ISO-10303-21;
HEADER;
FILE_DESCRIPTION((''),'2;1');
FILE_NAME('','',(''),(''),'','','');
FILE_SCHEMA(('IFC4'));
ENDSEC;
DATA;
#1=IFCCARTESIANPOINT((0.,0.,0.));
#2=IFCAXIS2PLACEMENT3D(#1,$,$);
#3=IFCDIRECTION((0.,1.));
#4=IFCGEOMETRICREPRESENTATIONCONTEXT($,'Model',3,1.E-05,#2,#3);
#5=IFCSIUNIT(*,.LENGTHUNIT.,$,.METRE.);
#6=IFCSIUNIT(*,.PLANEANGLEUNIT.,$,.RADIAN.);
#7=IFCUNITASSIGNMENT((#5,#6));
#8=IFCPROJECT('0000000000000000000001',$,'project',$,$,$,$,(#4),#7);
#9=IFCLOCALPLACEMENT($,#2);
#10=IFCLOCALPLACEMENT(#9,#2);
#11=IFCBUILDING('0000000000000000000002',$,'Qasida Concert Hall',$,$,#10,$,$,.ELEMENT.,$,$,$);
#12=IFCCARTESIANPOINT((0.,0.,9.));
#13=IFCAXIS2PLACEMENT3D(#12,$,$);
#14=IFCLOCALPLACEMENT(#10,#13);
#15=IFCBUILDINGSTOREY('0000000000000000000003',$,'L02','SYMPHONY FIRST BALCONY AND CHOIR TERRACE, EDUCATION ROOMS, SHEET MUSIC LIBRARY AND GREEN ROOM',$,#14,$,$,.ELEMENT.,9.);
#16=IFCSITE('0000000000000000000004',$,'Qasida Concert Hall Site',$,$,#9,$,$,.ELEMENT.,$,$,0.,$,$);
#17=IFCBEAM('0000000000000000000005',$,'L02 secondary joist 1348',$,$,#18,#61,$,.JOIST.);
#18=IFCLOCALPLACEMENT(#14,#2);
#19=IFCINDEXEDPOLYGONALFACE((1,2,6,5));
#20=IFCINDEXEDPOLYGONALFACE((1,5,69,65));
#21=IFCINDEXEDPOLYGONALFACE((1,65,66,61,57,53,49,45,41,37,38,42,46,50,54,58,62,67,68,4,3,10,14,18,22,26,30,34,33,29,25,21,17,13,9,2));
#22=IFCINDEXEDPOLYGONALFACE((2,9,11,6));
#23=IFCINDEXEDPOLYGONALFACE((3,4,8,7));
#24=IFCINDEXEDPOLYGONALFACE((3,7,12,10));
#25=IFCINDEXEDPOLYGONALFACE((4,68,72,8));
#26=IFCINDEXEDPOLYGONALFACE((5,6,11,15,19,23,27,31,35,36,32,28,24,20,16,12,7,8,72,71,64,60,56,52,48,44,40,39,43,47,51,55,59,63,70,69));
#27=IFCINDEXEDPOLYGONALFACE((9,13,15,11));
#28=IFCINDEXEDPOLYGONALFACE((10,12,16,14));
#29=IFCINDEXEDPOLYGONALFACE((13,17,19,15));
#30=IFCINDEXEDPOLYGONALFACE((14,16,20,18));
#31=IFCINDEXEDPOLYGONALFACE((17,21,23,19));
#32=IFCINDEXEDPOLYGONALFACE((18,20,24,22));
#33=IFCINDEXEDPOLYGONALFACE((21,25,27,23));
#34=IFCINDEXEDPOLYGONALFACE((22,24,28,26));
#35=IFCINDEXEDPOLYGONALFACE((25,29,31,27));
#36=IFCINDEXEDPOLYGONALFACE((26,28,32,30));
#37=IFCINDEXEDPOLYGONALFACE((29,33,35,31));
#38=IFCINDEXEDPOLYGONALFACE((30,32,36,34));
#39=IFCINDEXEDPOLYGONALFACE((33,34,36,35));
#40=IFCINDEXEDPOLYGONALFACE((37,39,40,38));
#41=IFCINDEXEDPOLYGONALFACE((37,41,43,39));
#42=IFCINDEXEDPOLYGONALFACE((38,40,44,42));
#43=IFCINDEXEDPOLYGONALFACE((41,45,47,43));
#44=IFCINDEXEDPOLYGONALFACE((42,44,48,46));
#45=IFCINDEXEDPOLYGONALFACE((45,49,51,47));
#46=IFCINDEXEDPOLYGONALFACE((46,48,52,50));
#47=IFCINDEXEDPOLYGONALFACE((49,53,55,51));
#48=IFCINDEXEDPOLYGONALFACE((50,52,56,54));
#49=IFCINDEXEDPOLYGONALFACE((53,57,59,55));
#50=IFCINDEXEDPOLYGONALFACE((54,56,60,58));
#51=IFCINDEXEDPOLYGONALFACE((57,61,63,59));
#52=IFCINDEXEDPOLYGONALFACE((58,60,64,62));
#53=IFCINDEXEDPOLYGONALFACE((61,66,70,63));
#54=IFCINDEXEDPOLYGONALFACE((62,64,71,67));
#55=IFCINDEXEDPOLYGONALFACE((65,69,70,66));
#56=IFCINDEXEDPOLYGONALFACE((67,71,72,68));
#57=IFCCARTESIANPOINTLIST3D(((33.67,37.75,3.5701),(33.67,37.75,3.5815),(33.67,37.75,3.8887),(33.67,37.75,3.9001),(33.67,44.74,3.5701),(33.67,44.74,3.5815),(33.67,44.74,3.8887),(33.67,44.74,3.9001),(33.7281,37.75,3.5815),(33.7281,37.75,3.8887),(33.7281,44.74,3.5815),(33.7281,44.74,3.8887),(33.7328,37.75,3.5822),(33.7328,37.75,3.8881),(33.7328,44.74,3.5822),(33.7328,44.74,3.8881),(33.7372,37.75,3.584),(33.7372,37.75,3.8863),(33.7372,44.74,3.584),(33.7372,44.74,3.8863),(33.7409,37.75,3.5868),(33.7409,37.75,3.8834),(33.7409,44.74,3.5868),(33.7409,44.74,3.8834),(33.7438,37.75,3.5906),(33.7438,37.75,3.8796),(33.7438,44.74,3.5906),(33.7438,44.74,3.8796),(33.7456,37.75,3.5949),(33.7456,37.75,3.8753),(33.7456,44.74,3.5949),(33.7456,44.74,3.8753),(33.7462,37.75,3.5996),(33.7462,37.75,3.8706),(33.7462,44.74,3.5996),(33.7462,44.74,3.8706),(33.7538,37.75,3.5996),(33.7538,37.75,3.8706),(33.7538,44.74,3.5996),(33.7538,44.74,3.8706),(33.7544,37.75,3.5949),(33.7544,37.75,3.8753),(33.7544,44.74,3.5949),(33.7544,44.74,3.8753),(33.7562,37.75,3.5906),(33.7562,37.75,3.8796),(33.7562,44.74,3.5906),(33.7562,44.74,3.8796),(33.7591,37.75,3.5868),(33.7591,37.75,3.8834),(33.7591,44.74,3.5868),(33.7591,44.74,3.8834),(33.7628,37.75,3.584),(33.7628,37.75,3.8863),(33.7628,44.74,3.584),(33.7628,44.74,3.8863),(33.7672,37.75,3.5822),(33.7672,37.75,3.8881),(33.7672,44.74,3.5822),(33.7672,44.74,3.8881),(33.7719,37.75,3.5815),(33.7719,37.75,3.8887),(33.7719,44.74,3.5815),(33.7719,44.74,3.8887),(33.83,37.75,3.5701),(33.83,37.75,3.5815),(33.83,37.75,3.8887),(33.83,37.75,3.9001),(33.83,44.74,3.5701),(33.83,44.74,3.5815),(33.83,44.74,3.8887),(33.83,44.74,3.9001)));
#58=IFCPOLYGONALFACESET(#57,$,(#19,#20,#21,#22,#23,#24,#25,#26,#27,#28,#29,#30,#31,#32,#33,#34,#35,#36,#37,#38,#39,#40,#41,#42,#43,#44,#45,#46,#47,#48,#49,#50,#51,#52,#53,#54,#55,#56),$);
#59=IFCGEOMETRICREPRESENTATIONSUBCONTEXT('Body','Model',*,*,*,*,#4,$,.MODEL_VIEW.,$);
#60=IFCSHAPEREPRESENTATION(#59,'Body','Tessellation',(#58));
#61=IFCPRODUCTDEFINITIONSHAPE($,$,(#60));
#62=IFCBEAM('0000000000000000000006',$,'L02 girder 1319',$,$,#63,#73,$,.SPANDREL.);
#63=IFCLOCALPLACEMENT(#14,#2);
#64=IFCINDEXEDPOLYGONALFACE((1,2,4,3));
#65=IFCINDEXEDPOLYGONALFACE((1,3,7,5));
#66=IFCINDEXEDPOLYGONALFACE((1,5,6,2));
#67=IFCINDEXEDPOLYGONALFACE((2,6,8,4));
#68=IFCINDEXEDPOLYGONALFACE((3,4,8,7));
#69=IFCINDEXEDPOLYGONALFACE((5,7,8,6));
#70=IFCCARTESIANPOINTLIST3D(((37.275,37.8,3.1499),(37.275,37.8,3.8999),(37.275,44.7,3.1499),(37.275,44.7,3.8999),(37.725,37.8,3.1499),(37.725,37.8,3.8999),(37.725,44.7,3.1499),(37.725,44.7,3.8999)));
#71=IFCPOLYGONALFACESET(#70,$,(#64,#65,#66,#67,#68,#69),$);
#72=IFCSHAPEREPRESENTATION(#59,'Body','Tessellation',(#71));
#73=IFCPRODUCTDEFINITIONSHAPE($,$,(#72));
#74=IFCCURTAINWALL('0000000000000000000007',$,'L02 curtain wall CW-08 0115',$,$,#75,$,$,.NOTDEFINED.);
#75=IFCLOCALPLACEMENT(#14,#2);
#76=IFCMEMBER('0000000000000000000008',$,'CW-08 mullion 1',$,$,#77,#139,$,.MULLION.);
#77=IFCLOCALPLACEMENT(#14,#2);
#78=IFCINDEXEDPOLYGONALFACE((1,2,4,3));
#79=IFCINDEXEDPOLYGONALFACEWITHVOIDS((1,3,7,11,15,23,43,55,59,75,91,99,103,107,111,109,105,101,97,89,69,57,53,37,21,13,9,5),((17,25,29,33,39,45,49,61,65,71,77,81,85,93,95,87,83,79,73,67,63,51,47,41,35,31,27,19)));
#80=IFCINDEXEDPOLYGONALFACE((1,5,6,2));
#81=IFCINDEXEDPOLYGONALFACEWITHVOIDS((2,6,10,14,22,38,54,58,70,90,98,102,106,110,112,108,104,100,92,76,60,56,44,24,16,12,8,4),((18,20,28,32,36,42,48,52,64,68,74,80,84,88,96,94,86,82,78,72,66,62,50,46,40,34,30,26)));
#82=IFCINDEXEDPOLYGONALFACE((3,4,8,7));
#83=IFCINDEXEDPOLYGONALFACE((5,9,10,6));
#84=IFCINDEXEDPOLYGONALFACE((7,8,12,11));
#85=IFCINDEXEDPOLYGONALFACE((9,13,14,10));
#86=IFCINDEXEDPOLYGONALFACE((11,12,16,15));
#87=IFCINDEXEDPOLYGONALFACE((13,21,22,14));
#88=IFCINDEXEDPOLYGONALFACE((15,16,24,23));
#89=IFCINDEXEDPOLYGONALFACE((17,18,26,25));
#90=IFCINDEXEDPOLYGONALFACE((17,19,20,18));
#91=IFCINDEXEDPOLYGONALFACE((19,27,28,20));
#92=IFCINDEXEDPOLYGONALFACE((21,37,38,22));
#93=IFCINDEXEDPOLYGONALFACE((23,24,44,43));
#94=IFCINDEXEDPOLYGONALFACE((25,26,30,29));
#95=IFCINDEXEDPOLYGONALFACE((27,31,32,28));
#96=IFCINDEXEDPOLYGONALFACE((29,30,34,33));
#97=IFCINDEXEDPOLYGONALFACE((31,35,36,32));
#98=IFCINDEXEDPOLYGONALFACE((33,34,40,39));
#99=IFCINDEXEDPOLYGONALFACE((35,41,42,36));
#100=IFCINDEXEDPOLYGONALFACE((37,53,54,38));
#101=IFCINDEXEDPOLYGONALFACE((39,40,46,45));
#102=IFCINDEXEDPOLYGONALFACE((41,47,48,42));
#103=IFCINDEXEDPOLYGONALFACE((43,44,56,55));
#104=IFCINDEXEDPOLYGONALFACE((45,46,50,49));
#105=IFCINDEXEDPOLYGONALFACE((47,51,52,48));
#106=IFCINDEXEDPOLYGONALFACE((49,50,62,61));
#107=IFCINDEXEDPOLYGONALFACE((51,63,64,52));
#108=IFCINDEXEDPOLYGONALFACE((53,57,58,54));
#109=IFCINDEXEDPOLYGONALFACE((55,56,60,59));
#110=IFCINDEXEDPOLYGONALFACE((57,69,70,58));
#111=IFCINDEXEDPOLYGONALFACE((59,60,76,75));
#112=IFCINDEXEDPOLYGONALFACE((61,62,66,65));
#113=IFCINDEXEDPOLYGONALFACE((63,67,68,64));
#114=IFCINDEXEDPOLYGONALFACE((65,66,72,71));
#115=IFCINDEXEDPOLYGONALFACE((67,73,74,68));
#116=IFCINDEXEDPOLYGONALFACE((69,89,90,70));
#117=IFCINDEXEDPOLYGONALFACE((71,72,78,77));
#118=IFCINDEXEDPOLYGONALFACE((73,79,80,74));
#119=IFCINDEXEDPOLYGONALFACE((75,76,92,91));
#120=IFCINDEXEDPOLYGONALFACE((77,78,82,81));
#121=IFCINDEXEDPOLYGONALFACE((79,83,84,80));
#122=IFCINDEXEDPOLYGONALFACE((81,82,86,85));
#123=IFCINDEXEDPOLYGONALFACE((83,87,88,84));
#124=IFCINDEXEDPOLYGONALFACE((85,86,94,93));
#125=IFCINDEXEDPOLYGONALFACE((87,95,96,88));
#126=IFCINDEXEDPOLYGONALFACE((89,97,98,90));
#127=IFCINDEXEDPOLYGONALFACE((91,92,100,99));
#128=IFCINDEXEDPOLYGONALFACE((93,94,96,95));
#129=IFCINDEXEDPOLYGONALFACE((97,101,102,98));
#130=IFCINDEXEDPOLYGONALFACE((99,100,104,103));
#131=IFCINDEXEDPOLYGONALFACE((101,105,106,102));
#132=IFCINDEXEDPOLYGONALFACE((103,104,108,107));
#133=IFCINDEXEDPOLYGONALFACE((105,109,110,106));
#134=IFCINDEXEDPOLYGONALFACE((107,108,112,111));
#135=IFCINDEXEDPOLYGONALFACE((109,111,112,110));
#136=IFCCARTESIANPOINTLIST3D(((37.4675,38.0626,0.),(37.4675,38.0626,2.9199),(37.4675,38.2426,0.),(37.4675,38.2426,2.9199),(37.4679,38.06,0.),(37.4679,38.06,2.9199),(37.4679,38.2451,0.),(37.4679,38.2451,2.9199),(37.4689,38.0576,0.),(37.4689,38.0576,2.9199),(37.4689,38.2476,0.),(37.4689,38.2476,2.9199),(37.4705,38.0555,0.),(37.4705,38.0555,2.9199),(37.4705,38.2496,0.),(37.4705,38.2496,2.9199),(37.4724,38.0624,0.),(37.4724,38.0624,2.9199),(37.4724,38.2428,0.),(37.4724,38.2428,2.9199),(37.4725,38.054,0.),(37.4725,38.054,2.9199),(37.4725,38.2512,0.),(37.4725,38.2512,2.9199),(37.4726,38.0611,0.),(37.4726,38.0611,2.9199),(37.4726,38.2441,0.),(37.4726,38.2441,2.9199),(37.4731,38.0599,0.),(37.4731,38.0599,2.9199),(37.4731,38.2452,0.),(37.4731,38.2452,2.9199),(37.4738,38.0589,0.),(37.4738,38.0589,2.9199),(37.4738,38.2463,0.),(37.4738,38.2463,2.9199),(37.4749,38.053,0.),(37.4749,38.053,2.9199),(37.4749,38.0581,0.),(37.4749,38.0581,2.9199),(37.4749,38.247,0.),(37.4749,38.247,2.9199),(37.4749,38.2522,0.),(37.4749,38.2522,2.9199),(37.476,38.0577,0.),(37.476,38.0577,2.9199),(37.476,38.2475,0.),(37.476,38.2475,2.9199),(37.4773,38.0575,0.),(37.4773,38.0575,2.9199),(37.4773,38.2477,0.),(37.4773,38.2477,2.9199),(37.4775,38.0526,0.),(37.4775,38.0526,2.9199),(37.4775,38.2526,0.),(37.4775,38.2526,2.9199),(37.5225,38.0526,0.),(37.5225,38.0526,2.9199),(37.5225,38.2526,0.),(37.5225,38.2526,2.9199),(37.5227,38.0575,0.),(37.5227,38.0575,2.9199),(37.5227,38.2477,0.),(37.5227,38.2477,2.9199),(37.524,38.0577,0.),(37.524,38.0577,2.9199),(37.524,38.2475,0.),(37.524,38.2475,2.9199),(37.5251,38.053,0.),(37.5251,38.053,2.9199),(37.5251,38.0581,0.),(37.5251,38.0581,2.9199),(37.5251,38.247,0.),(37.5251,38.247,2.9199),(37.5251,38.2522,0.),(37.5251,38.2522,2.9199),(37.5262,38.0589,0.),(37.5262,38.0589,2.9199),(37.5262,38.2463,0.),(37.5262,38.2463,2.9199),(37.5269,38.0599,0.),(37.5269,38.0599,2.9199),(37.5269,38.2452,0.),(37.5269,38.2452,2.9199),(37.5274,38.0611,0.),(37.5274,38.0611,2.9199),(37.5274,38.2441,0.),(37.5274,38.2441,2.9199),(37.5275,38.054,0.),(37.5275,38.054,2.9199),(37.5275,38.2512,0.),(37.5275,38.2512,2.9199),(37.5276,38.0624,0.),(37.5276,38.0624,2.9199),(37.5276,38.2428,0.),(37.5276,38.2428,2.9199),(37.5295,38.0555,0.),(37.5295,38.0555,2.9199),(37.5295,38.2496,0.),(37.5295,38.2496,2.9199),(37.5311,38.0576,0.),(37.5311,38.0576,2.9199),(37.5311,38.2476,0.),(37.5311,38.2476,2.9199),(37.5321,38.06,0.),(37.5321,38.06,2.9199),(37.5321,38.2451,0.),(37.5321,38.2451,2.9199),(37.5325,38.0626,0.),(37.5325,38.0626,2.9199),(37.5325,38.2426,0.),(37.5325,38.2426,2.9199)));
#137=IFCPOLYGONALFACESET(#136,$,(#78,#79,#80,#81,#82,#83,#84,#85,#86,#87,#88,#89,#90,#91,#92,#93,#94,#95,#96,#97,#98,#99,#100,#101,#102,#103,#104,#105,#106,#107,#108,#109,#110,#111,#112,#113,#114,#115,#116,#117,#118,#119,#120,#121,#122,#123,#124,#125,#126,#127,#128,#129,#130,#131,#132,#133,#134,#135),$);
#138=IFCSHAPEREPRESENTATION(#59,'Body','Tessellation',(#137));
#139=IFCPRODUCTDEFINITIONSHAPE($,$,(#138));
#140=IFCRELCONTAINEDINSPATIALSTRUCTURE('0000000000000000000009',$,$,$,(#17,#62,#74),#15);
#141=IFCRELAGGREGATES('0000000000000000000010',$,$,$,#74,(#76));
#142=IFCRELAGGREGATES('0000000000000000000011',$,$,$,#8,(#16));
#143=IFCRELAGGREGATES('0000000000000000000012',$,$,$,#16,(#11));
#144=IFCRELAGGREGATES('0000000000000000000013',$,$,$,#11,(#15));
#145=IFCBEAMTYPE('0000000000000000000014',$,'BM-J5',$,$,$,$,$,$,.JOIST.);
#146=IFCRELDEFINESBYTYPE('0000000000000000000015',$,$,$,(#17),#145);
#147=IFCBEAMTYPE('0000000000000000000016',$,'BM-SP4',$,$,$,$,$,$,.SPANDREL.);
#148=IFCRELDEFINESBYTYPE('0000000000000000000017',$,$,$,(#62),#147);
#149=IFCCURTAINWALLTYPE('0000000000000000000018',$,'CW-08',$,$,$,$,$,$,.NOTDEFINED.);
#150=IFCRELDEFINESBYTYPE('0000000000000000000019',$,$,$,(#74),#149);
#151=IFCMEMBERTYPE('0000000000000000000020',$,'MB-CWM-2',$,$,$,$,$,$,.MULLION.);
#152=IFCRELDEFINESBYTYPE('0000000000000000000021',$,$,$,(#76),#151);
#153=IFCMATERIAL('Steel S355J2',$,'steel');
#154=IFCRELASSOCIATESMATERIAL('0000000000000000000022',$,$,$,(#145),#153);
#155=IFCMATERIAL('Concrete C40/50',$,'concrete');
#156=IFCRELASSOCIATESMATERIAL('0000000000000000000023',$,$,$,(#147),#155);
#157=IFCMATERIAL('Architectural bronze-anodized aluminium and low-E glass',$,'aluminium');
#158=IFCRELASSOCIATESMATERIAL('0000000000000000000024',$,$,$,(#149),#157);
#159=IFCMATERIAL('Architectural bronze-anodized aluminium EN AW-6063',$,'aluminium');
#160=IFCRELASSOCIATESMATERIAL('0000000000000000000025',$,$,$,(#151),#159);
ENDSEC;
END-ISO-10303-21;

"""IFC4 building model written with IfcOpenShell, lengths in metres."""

from ifc_helpers import new_model, si_unit, direction, frame, origin, origin_2d, place, context, subcontext, project, spatial, rectangle, hollow_rectangle, i_section, extrude, material, material_profile, profile_set, type_object, element, aggregate, save


model = new_model("IFC4")

# Units and contexts
model_context = context("Model", 3, precision=1e-05, world=origin(), true_north=direction((0.0, 1.0)))
body_context = subcontext(model_context, "Body", "Model", "MODEL_VIEW")
ifc_project = project(units=[si_unit("LENGTHUNIT", "METRE"), si_unit("PLANEANGLEUNIT", "RADIAN")], contexts=[model_context])

# Site, building, storey
site_placement = place(None, origin())
site = spatial("IfcSite", under=ifc_project, at=site_placement, Name="Qasida Concert Hall Site", CompositionType="ELEMENT", RefElevation=0.0)
building_placement = place(site_placement, origin())
building = spatial("IfcBuilding", under=site, at=building_placement, Name="Qasida Concert Hall", CompositionType="ELEMENT")
storey_placement = place(building_placement, frame((0.0, 0.0, 9.0)))
storey = spatial("IfcBuildingStorey", under=building, at=storey_placement, Name="L02", Description="SYMPHONY FIRST BALCONY AND CHOIR TERRACE, EDUCATION ROOMS, SHEET MUSIC LIBRARY AND GREEN ROOM", CompositionType="ELEMENT", Elevation=9.0)

# Beams
ifc_material_1 = material(Name="Steel S355J2", Category="steel")
ifc_material_profile_1 = material_profile(ifc_material_1, i_section(OverallWidth=0.1599, OverallDepth=0.3301, WebThickness=0.0076, FlangeThickness=0.0115, FilletRadius=0.0181, at=origin_2d()), Name="IPE 330")
ifc_profile_set_1 = profile_set([ifc_material_profile_1], Name="Steel S355J2")
beam_type_1 = type_object("IfcBeamType", Name="BM-J5", PredefinedType="JOIST", material=ifc_profile_set_1)
beam_1_placement = place(storey_placement, frame((33.75, 37.75, 3.7351), z_axis=(0.0, 1.0, 0.0), x_axis=(-1.0, 0.0, 0.0)))
element("IfcBeam", 1, at=beam_1_placement, inside=storey, type_object=beam_type_1, Name="L02 secondary joist 1348", PredefinedType="JOIST", context=body_context, shape_type="SweptSolid", body=[
    extrude(i_section(OverallWidth=0.1599, OverallDepth=0.3301, WebThickness=0.0076, FlangeThickness=0.0115, FilletRadius=0.0181, at=origin_2d()), origin(), (0.0, 0.0, 1.0), 6.99),
])
ifc_material_2 = material(Name="Concrete C40/50", Category="concrete")
ifc_material_profile_2 = material_profile(ifc_material_2, rectangle(XDim=0.45, YDim=0.75, at=origin_2d()), Name="RC 450x750")
ifc_profile_set_2 = profile_set([ifc_material_profile_2], Name="Concrete C40/50")
beam_type_2 = type_object("IfcBeamType", Name="BM-SP4", PredefinedType="SPANDREL", material=ifc_profile_set_2)
beam_2_placement = place(storey_placement, frame((37.5, 37.8, 3.5249), z_axis=(0.0, 1.0, 0.0), x_axis=(-1.0, 0.0, 0.0)))
element("IfcBeam", 2, at=beam_2_placement, inside=storey, type_object=beam_type_2, Name="L02 girder 1319", PredefinedType="SPANDREL", context=body_context, shape_type="SweptSolid", body=[
    extrude(rectangle(XDim=0.45, YDim=0.75, at=origin_2d()), origin(), (0.0, 0.0, 1.0), 6.8999),
])

# Curtain wall, member
ifc_material_3 = material(Name="Architectural bronze-anodized aluminium and low-E glass", Category="aluminium")
curtain_wall_type = type_object("IfcCurtainWallType", Name="CW-08", PredefinedType="NOTDEFINED", material=ifc_material_3)
curtain_wall_1_placement = place(storey_placement, origin())
curtain_wall_1 = element("IfcCurtainWall", 3, at=curtain_wall_1_placement, inside=storey, type_object=curtain_wall_type, Name="L02 curtain wall CW-08 0115", PredefinedType="NOTDEFINED")
ifc_material_4 = material(Name="Architectural bronze-anodized aluminium EN AW-6063", Category="aluminium")
ifc_material_profile_3 = material_profile(ifc_material_4, hollow_rectangle(XDim=0.0649, YDim=0.2, WallThickness=0.0049, InnerFilletRadius=0.0049, OuterFilletRadius=0.01, at=origin_2d()), Name="CWM 200x65x5")
ifc_profile_set_3 = profile_set([ifc_material_profile_3], Name="Architectural bronze-anodized aluminium EN AW-6063")
member_type_1 = type_object("IfcMemberType", Name="MB-CWM-2", PredefinedType="MULLION", material=ifc_profile_set_3)
member_1_placement = place(storey_placement, frame((37.5, 38.1526, 0.0), z_axis=(0.0, 0.0, 1.0), x_axis=(-1.0, 0.0, 0.0)))
member_1 = element("IfcMember", 4, at=member_1_placement, type_object=member_type_1, Name="CW-08 mullion 1", PredefinedType="MULLION", context=body_context, shape_type="SweptSolid", body=[
    extrude(hollow_rectangle(XDim=0.0649, YDim=0.2, WallThickness=0.0049, InnerFilletRadius=0.0049, OuterFilletRadius=0.01, at=origin_2d()), origin(), (0.0, 0.0, 1.0), 2.9199),
])
aggregate(curtain_wall_1, [member_1])

save(model, "model.ifc")
